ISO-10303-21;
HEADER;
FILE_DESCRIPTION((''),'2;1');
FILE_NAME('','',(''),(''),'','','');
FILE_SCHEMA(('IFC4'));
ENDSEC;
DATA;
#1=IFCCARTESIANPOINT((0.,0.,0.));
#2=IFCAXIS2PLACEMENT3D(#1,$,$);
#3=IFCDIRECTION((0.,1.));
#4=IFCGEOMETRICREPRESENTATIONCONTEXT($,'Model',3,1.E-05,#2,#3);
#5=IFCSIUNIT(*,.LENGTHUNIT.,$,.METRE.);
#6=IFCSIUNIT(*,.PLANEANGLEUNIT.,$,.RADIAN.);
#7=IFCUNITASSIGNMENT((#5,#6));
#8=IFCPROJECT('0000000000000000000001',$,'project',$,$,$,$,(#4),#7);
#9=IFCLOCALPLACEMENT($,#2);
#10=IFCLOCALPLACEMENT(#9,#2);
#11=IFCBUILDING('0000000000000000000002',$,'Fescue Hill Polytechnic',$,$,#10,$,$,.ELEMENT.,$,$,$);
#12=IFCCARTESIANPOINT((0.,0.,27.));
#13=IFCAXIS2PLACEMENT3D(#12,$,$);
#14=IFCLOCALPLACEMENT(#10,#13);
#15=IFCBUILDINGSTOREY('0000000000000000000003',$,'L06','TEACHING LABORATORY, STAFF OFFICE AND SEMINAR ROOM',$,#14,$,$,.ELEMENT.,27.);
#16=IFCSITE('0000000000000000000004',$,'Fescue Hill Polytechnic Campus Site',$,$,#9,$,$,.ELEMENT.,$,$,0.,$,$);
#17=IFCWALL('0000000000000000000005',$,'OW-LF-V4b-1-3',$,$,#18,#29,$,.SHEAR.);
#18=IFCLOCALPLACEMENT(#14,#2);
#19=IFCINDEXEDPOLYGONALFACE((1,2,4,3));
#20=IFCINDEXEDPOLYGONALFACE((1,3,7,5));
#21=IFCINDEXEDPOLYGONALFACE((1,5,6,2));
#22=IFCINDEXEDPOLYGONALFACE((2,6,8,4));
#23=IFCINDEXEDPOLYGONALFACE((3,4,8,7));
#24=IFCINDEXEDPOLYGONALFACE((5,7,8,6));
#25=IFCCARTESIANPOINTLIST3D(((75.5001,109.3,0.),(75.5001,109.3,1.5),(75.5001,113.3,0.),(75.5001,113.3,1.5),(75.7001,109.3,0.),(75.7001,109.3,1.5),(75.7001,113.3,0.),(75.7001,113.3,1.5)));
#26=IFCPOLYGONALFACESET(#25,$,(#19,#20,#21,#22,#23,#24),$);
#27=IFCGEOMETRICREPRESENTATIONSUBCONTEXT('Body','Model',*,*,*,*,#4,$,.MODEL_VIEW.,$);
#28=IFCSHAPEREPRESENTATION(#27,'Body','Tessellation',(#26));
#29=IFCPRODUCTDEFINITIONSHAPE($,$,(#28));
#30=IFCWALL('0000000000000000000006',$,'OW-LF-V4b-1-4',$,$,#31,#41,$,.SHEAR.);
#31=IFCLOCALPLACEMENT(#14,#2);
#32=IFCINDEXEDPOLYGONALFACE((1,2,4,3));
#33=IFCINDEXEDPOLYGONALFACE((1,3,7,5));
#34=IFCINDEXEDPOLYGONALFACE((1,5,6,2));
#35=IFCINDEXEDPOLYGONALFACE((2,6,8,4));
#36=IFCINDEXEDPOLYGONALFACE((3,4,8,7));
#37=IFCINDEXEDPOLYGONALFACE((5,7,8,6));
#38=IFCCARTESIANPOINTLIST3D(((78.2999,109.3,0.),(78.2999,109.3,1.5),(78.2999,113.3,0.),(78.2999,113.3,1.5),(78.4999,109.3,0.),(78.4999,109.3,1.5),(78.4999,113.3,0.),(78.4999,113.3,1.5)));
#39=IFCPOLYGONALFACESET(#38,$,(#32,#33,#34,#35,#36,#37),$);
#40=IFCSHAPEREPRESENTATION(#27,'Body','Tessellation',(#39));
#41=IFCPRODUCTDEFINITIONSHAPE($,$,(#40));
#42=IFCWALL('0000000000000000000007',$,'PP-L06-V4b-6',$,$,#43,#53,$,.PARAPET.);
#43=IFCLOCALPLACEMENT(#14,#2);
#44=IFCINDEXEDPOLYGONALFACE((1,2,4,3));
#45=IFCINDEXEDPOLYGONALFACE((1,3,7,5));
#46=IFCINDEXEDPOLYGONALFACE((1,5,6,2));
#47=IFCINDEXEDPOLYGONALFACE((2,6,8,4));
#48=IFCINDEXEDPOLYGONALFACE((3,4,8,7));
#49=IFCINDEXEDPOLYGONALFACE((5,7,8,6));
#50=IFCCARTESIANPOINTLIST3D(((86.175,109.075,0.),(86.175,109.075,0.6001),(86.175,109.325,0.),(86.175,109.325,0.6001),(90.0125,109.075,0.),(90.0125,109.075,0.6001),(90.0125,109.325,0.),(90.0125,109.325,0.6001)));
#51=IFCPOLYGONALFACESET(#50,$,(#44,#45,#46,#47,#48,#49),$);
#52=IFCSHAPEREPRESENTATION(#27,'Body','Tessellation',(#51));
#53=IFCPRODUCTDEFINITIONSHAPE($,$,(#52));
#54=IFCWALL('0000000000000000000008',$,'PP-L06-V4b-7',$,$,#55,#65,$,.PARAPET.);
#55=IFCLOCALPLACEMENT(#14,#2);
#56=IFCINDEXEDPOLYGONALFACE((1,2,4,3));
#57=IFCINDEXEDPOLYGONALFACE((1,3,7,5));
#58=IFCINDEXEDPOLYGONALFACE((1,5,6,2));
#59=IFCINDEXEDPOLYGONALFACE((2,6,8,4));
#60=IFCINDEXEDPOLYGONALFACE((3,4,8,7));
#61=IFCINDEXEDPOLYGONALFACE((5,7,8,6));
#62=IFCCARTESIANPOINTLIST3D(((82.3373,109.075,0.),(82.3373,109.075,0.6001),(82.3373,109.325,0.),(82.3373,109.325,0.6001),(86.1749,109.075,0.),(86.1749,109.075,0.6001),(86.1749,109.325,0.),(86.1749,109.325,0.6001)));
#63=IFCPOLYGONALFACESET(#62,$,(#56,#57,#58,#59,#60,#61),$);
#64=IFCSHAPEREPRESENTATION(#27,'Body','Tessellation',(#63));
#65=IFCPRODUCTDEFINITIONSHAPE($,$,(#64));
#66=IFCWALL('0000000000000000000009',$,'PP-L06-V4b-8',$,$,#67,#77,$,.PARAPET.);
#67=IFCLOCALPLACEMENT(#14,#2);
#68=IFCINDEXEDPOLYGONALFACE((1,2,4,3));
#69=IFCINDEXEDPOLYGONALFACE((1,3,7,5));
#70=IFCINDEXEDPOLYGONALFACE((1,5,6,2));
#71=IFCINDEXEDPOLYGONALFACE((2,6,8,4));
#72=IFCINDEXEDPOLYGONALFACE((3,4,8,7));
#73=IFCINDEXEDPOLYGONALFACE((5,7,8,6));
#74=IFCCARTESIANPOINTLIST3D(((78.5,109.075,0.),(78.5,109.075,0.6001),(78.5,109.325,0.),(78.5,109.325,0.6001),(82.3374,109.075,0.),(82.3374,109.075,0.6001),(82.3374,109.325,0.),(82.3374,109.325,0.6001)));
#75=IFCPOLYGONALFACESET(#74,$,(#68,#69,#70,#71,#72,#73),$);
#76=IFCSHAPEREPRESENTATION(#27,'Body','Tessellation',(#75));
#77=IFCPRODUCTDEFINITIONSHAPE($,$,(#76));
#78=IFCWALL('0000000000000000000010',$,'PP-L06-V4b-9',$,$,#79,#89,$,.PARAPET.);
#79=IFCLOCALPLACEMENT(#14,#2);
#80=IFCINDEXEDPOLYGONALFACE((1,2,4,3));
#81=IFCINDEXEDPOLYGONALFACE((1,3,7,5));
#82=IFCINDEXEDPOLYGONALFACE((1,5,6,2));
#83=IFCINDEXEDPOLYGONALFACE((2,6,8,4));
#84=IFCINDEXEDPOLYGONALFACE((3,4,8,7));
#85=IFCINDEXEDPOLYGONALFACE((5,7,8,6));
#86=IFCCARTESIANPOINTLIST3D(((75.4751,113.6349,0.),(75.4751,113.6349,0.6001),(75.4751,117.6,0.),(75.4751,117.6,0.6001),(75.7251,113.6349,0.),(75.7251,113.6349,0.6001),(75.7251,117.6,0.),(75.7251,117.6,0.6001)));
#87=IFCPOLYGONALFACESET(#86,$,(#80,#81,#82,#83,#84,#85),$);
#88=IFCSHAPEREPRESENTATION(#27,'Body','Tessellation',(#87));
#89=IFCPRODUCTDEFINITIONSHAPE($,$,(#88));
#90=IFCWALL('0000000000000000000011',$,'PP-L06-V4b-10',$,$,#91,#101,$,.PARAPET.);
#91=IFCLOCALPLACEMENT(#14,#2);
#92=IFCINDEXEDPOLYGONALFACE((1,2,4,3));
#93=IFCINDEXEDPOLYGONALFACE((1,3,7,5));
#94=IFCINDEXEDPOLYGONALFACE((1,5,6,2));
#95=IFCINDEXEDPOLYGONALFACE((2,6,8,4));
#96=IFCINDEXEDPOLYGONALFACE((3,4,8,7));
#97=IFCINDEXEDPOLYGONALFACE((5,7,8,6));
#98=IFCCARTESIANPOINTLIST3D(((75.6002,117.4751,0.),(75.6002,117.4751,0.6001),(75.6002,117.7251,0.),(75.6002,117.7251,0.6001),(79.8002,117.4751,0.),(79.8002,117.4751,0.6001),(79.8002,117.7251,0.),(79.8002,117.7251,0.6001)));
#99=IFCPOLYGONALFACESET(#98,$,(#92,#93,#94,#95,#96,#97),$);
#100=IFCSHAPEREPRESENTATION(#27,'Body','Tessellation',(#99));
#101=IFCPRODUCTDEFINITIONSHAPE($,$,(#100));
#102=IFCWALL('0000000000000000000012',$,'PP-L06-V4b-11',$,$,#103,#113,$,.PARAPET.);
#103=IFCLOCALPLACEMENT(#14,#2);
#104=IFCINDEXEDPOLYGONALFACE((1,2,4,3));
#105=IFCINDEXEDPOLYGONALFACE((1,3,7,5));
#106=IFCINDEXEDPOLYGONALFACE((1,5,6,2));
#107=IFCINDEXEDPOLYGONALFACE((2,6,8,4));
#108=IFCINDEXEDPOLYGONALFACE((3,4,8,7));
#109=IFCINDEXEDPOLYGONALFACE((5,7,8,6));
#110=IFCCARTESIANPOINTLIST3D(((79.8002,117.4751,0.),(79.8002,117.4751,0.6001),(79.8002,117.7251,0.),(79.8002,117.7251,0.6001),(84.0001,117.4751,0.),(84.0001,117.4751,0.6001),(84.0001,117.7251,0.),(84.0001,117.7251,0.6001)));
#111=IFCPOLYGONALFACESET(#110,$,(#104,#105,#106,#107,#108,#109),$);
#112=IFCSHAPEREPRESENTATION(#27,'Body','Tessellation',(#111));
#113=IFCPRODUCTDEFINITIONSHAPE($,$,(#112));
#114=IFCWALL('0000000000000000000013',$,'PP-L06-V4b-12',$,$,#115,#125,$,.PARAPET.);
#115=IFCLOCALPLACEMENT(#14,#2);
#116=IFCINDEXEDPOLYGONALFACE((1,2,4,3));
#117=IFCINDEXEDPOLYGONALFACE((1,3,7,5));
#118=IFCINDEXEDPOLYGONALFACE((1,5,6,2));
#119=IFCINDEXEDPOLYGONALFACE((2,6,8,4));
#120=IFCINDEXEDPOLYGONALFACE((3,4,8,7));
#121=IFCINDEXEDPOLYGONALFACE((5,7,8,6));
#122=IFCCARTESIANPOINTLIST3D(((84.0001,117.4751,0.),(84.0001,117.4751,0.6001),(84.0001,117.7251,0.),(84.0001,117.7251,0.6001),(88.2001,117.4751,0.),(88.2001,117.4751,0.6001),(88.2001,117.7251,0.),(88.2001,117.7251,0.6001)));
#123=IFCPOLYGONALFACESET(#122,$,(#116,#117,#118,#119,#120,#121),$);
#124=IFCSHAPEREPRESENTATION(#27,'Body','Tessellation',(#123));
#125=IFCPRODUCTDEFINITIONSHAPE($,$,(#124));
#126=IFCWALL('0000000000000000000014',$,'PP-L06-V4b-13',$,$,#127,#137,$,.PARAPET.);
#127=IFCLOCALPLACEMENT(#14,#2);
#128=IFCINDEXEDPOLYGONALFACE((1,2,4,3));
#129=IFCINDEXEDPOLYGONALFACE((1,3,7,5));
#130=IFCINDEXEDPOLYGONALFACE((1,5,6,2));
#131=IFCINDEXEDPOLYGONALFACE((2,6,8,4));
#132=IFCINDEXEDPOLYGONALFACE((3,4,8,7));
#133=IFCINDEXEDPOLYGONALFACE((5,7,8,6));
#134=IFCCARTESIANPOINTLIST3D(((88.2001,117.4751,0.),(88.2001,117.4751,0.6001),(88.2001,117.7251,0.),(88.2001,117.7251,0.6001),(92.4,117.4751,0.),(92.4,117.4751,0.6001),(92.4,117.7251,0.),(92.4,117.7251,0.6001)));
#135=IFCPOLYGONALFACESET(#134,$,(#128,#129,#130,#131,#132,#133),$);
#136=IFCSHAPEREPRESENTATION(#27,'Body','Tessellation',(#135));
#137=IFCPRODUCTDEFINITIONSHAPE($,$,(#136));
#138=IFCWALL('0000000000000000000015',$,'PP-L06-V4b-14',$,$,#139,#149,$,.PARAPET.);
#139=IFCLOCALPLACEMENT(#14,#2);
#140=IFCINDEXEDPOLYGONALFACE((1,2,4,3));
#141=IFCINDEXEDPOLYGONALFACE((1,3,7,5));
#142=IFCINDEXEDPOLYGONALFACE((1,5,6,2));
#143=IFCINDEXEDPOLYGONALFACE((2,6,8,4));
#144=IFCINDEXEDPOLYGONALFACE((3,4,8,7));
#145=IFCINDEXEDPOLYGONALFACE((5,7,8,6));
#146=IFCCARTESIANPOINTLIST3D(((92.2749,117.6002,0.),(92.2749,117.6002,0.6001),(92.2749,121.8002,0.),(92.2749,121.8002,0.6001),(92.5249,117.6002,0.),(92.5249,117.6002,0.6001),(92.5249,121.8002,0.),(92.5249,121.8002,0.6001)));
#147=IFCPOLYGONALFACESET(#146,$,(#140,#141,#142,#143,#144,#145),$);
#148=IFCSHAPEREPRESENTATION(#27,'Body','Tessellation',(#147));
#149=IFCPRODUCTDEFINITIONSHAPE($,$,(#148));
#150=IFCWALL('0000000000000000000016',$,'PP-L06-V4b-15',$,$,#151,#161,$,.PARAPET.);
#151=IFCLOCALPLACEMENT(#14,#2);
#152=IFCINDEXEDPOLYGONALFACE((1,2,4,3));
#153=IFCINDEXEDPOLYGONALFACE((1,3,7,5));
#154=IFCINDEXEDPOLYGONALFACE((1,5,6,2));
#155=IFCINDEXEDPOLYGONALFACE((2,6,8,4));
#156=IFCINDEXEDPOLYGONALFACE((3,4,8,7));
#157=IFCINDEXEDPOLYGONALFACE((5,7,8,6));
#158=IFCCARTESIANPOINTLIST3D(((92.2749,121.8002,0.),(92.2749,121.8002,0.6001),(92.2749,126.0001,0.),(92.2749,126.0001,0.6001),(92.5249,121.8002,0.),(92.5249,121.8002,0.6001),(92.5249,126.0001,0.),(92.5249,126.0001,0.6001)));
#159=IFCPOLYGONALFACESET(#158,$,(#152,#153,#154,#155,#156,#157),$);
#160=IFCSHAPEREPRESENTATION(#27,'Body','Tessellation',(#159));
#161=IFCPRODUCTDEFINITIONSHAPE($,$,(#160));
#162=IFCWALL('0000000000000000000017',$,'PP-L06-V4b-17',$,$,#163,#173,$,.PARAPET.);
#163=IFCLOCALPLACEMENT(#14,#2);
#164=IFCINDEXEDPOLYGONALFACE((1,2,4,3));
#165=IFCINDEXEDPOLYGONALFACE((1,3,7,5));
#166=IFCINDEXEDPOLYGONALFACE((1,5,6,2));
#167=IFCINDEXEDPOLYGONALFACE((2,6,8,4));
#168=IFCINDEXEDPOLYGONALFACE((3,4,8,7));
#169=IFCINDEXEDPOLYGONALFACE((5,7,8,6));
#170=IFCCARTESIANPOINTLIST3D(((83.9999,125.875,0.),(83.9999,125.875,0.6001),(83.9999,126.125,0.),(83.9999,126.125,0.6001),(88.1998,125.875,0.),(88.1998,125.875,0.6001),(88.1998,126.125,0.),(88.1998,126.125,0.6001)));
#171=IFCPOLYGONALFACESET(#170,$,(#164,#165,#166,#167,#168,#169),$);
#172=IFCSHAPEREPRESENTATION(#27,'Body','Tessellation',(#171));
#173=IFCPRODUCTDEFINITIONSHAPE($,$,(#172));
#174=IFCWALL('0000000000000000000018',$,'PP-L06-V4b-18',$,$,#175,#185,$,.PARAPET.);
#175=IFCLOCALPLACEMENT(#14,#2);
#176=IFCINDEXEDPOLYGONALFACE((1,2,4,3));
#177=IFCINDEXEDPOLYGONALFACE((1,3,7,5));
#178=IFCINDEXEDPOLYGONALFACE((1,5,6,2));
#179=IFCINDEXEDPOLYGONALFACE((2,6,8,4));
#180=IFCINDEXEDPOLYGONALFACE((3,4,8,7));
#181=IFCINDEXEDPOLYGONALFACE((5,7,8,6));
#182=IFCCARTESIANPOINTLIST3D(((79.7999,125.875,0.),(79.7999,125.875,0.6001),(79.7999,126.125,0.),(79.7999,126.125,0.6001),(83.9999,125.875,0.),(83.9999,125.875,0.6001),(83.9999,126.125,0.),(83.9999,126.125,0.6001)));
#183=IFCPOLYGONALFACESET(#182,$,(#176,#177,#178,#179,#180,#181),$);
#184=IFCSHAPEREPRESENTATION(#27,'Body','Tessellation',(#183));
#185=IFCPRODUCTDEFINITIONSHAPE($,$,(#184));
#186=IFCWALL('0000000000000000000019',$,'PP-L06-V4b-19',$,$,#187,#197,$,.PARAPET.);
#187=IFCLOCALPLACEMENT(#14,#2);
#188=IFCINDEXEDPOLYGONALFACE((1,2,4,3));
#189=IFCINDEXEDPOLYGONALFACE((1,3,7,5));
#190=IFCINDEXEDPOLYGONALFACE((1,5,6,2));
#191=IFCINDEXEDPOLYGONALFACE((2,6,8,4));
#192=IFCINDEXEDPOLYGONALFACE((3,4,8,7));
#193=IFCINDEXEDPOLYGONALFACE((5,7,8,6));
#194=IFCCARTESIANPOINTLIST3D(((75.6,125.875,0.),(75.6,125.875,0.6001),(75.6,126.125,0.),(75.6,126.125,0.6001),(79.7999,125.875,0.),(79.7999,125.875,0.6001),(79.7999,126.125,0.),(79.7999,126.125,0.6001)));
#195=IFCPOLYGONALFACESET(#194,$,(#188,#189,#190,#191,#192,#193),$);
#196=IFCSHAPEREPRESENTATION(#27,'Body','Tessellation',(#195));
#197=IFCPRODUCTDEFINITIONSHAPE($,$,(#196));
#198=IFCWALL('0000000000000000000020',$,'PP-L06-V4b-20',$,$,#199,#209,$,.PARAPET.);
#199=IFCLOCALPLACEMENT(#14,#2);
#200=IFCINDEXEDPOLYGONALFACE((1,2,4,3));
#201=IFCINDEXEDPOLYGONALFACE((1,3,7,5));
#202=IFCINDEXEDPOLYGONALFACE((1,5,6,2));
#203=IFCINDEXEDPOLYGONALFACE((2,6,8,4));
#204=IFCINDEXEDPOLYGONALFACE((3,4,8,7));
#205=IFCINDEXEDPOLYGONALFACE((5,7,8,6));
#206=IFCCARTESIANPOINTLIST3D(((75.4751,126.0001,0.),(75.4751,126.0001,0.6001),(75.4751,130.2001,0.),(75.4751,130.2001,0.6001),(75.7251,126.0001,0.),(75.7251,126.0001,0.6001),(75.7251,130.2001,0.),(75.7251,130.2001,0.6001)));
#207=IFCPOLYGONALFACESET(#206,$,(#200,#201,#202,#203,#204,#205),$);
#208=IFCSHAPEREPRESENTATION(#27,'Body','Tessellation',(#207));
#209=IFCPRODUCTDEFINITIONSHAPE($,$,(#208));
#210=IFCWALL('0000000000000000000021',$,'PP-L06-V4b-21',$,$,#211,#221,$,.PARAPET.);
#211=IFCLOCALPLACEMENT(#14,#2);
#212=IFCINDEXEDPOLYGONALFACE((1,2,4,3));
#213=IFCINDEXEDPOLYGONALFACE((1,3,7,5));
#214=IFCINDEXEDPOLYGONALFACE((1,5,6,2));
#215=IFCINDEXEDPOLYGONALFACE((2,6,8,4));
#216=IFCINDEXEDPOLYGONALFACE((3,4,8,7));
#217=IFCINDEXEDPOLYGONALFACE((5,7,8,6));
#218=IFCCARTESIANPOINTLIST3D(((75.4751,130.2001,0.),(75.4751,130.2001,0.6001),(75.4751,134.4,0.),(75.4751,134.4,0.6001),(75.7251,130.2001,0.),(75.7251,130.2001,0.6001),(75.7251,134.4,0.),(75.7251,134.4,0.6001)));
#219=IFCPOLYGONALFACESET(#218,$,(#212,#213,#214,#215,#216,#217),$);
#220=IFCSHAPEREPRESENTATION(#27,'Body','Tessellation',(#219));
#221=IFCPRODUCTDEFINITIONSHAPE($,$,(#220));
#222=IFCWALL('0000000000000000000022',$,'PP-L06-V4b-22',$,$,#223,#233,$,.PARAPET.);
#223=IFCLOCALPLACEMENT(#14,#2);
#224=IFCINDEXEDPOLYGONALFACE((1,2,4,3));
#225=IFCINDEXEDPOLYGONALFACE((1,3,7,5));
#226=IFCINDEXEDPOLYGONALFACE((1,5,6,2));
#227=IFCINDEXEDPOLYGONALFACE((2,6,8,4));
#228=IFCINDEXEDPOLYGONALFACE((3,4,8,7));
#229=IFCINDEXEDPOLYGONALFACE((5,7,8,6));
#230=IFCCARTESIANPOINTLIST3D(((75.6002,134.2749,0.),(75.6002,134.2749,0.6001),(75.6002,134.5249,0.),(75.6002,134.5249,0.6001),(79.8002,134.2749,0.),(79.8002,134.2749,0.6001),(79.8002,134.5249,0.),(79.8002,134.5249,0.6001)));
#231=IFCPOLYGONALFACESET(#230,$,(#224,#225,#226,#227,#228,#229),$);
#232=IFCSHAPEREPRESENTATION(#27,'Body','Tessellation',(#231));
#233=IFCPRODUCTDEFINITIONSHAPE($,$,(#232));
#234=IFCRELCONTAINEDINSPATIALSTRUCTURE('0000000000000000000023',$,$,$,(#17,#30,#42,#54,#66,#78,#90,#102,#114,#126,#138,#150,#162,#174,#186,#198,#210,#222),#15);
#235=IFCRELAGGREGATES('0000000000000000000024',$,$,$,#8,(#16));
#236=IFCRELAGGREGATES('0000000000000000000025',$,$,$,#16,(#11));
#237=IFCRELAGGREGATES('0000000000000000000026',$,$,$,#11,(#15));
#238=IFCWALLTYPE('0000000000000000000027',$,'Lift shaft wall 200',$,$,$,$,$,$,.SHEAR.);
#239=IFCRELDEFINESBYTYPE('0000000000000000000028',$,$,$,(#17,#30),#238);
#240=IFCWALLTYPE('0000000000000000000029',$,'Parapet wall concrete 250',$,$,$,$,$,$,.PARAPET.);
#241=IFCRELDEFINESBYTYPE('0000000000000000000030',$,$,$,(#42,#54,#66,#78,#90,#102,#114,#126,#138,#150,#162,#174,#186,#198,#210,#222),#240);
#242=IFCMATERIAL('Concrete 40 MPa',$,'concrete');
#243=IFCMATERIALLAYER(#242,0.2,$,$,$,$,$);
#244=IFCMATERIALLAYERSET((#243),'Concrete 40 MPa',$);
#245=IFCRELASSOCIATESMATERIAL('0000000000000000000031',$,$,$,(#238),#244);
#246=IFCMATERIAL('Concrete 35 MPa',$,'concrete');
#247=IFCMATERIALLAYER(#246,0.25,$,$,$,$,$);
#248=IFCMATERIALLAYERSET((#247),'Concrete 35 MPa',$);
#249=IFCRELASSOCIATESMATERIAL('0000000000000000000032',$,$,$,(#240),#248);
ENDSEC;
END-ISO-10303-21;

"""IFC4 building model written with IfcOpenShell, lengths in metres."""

from ifc_helpers import new_model, si_unit, direction, frame, frame_2d, origin, place, context, subcontext, project, spatial, rectangle, extrude, material, layer, layer_set, type_object, element, save


model = new_model("IFC4")

# Units and contexts
model_context = context("Model", 3, precision=1e-05, world=origin(), true_north=direction((0.0, 1.0)))
body_context = subcontext(model_context, "Body", "Model", "MODEL_VIEW")
ifc_project = project(units=[si_unit("LENGTHUNIT", "METRE"), si_unit("PLANEANGLEUNIT", "RADIAN")], contexts=[model_context])

# Site, building, storey
site_placement = place(None, origin())
site = spatial("IfcSite", under=ifc_project, at=site_placement, Name="Fescue Hill Polytechnic Campus Site", CompositionType="ELEMENT", RefElevation=0.0)
building_placement = place(site_placement, origin())
building = spatial("IfcBuilding", under=site, at=building_placement, Name="Fescue Hill Polytechnic", CompositionType="ELEMENT")
storey_placement = place(building_placement, frame((0.0, 0.0, 27.0)))
storey = spatial("IfcBuildingStorey", under=building, at=storey_placement, Name="L06", Description="TEACHING LABORATORY, STAFF OFFICE AND SEMINAR ROOM", CompositionType="ELEMENT", Elevation=27.0)

# Walls
ifc_material_1 = material(Name="Concrete 40 MPa", Category="concrete")
ifc_layer_1 = layer(ifc_material_1, 0.2)
ifc_layer_set_1 = layer_set([ifc_layer_1], Name="Concrete 40 MPa")
wall_type_1 = type_object("IfcWallType", Name="Lift shaft wall 200", PredefinedType="SHEAR", material=ifc_layer_set_1)
for number, where, z_axis, x_axis, name in (
    (1, (75.6001, 109.3, 0.0), (0.0, 0.0, 1.0), (0.0, 1.0, 0.0), "OW-LF-V4b-1-3"),
    (2, (78.3999, 109.3, 0.0), (0.0, 0.0, 1.0), (0.0, 1.0, 0.0), "OW-LF-V4b-1-4"),
):
    element("IfcWall", number, at=place(storey_placement, frame(where, z_axis=z_axis, x_axis=x_axis)), inside=storey, type_object=wall_type_1, Name=name, PredefinedType="SHEAR", context=body_context, shape_type="SweptSolid", body=[
        extrude(rectangle(XDim=4.0, YDim=0.2, at=frame_2d((2.0, 0.0))), origin(), (0.0, 0.0, 1.0), 1.5),
    ])
ifc_material_2 = material(Name="Concrete 35 MPa", Category="concrete")
ifc_layer_2 = layer(ifc_material_2, 0.25)
ifc_layer_set_2 = layer_set([ifc_layer_2], Name="Concrete 35 MPa")
wall_type_2 = type_object("IfcWallType", Name="Parapet wall concrete 250", PredefinedType="PARAPET", material=ifc_layer_set_2)
wall_1_placement = place(storey_placement, frame((90.0125, 109.2, 0.0), z_axis=(0.0, 0.0, 1.0), x_axis=(-1.0, 0.0, 0.0)))
element("IfcWall", 3, at=wall_1_placement, inside=storey, type_object=wall_type_2, Name="PP-L06-V4b-6", PredefinedType="PARAPET", context=body_context, shape_type="SweptSolid", body=[
    extrude(rectangle(XDim=3.8374, YDim=0.25, at=frame_2d((1.9187, 0.0))), origin(), (0.0, 0.0, 1.0), 0.6001),
])
wall_2_placement = place(storey_placement, frame((86.175, 109.2, 0.0), z_axis=(0.0, 0.0, 1.0), x_axis=(-1.0, 0.0, 0.0)))
element("IfcWall", 4, at=wall_2_placement, inside=storey, type_object=wall_type_2, Name="PP-L06-V4b-7", PredefinedType="PARAPET", context=body_context, shape_type="SweptSolid", body=[
    extrude(rectangle(XDim=3.8376, YDim=0.25, at=frame_2d((1.9189, 0.0))), origin(), (0.0, 0.0, 1.0), 0.6001),
])
wall_3_placement = place(storey_placement, frame((82.3374, 109.2, 0.0), z_axis=(0.0, 0.0, 1.0), x_axis=(-1.0, 0.0, 0.0)))
element("IfcWall", 5, at=wall_3_placement, inside=storey, type_object=wall_type_2, Name="PP-L06-V4b-8", PredefinedType="PARAPET", context=body_context, shape_type="SweptSolid", body=[
    extrude(rectangle(XDim=3.8374, YDim=0.25, at=frame_2d((1.9187, 0.0))), origin(), (0.0, 0.0, 1.0), 0.6001),
])
wall_4_placement = place(storey_placement, frame((75.6001, 113.635, 0.0), z_axis=(0.0, 0.0, 1.0), x_axis=(0.0, 1.0, 0.0)))
element("IfcWall", 6, at=wall_4_placement, inside=storey, type_object=wall_type_2, Name="PP-L06-V4b-9", PredefinedType="PARAPET", context=body_context, shape_type="SweptSolid", body=[
    extrude(rectangle(XDim=3.9651, YDim=0.25, at=frame_2d((1.9824, 0.0))), origin(), (0.0, 0.0, 1.0), 0.6001),
])
for number, where, z_axis, x_axis, name in (
    (7, (75.6001, 117.6001, 0.0), (0.0, 0.0, 1.0), (1.0, 0.0, 0.0), "PP-L06-V4b-10"),
    (8, (79.8, 117.6001, 0.0), (0.0, 0.0, 1.0), (1.0, 0.0, 0.0), "PP-L06-V4b-11"),
    (9, (84.0, 117.6001, 0.0), (0.0, 0.0, 1.0), (1.0, 0.0, 0.0), "PP-L06-V4b-12"),
    (10, (88.2, 117.6001, 0.0), (0.0, 0.0, 1.0), (1.0, 0.0, 0.0), "PP-L06-V4b-13"),
    (11, (92.3999, 117.6001, 0.0), (0.0, 0.0, 1.0), (0.0, 1.0, 0.0), "PP-L06-V4b-14"),
    (12, (92.3999, 121.8, 0.0), (0.0, 0.0, 1.0), (0.0, 1.0, 0.0), "PP-L06-V4b-15"),
    (13, (88.2, 126.0, 0.0), (0.0, 0.0, 1.0), (-1.0, 0.0, 0.0), "PP-L06-V4b-17"),
    (14, (84.0, 126.0, 0.0), (0.0, 0.0, 1.0), (-1.0, 0.0, 0.0), "PP-L06-V4b-18"),
    (15, (79.8, 126.0, 0.0), (0.0, 0.0, 1.0), (-1.0, 0.0, 0.0), "PP-L06-V4b-19"),
    (16, (75.6001, 126.0, 0.0), (0.0, 0.0, 1.0), (0.0, 1.0, 0.0), "PP-L06-V4b-20"),
    (17, (75.6001, 130.2, 0.0), (0.0, 0.0, 1.0), (0.0, 1.0, 0.0), "PP-L06-V4b-21"),
    (18, (75.6001, 134.3999, 0.0), (0.0, 0.0, 1.0), (1.0, 0.0, 0.0), "PP-L06-V4b-22"),
):
    element("IfcWall", number, at=place(storey_placement, frame(where, z_axis=z_axis, x_axis=x_axis)), inside=storey, type_object=wall_type_2, Name=name, PredefinedType="PARAPET", context=body_context, shape_type="SweptSolid", body=[
        extrude(rectangle(XDim=4.2, YDim=0.25, at=frame_2d((2.1001, 0.0))), origin(), (0.0, 0.0, 1.0), 0.6001),
    ])

save(model, "model.ifc")
